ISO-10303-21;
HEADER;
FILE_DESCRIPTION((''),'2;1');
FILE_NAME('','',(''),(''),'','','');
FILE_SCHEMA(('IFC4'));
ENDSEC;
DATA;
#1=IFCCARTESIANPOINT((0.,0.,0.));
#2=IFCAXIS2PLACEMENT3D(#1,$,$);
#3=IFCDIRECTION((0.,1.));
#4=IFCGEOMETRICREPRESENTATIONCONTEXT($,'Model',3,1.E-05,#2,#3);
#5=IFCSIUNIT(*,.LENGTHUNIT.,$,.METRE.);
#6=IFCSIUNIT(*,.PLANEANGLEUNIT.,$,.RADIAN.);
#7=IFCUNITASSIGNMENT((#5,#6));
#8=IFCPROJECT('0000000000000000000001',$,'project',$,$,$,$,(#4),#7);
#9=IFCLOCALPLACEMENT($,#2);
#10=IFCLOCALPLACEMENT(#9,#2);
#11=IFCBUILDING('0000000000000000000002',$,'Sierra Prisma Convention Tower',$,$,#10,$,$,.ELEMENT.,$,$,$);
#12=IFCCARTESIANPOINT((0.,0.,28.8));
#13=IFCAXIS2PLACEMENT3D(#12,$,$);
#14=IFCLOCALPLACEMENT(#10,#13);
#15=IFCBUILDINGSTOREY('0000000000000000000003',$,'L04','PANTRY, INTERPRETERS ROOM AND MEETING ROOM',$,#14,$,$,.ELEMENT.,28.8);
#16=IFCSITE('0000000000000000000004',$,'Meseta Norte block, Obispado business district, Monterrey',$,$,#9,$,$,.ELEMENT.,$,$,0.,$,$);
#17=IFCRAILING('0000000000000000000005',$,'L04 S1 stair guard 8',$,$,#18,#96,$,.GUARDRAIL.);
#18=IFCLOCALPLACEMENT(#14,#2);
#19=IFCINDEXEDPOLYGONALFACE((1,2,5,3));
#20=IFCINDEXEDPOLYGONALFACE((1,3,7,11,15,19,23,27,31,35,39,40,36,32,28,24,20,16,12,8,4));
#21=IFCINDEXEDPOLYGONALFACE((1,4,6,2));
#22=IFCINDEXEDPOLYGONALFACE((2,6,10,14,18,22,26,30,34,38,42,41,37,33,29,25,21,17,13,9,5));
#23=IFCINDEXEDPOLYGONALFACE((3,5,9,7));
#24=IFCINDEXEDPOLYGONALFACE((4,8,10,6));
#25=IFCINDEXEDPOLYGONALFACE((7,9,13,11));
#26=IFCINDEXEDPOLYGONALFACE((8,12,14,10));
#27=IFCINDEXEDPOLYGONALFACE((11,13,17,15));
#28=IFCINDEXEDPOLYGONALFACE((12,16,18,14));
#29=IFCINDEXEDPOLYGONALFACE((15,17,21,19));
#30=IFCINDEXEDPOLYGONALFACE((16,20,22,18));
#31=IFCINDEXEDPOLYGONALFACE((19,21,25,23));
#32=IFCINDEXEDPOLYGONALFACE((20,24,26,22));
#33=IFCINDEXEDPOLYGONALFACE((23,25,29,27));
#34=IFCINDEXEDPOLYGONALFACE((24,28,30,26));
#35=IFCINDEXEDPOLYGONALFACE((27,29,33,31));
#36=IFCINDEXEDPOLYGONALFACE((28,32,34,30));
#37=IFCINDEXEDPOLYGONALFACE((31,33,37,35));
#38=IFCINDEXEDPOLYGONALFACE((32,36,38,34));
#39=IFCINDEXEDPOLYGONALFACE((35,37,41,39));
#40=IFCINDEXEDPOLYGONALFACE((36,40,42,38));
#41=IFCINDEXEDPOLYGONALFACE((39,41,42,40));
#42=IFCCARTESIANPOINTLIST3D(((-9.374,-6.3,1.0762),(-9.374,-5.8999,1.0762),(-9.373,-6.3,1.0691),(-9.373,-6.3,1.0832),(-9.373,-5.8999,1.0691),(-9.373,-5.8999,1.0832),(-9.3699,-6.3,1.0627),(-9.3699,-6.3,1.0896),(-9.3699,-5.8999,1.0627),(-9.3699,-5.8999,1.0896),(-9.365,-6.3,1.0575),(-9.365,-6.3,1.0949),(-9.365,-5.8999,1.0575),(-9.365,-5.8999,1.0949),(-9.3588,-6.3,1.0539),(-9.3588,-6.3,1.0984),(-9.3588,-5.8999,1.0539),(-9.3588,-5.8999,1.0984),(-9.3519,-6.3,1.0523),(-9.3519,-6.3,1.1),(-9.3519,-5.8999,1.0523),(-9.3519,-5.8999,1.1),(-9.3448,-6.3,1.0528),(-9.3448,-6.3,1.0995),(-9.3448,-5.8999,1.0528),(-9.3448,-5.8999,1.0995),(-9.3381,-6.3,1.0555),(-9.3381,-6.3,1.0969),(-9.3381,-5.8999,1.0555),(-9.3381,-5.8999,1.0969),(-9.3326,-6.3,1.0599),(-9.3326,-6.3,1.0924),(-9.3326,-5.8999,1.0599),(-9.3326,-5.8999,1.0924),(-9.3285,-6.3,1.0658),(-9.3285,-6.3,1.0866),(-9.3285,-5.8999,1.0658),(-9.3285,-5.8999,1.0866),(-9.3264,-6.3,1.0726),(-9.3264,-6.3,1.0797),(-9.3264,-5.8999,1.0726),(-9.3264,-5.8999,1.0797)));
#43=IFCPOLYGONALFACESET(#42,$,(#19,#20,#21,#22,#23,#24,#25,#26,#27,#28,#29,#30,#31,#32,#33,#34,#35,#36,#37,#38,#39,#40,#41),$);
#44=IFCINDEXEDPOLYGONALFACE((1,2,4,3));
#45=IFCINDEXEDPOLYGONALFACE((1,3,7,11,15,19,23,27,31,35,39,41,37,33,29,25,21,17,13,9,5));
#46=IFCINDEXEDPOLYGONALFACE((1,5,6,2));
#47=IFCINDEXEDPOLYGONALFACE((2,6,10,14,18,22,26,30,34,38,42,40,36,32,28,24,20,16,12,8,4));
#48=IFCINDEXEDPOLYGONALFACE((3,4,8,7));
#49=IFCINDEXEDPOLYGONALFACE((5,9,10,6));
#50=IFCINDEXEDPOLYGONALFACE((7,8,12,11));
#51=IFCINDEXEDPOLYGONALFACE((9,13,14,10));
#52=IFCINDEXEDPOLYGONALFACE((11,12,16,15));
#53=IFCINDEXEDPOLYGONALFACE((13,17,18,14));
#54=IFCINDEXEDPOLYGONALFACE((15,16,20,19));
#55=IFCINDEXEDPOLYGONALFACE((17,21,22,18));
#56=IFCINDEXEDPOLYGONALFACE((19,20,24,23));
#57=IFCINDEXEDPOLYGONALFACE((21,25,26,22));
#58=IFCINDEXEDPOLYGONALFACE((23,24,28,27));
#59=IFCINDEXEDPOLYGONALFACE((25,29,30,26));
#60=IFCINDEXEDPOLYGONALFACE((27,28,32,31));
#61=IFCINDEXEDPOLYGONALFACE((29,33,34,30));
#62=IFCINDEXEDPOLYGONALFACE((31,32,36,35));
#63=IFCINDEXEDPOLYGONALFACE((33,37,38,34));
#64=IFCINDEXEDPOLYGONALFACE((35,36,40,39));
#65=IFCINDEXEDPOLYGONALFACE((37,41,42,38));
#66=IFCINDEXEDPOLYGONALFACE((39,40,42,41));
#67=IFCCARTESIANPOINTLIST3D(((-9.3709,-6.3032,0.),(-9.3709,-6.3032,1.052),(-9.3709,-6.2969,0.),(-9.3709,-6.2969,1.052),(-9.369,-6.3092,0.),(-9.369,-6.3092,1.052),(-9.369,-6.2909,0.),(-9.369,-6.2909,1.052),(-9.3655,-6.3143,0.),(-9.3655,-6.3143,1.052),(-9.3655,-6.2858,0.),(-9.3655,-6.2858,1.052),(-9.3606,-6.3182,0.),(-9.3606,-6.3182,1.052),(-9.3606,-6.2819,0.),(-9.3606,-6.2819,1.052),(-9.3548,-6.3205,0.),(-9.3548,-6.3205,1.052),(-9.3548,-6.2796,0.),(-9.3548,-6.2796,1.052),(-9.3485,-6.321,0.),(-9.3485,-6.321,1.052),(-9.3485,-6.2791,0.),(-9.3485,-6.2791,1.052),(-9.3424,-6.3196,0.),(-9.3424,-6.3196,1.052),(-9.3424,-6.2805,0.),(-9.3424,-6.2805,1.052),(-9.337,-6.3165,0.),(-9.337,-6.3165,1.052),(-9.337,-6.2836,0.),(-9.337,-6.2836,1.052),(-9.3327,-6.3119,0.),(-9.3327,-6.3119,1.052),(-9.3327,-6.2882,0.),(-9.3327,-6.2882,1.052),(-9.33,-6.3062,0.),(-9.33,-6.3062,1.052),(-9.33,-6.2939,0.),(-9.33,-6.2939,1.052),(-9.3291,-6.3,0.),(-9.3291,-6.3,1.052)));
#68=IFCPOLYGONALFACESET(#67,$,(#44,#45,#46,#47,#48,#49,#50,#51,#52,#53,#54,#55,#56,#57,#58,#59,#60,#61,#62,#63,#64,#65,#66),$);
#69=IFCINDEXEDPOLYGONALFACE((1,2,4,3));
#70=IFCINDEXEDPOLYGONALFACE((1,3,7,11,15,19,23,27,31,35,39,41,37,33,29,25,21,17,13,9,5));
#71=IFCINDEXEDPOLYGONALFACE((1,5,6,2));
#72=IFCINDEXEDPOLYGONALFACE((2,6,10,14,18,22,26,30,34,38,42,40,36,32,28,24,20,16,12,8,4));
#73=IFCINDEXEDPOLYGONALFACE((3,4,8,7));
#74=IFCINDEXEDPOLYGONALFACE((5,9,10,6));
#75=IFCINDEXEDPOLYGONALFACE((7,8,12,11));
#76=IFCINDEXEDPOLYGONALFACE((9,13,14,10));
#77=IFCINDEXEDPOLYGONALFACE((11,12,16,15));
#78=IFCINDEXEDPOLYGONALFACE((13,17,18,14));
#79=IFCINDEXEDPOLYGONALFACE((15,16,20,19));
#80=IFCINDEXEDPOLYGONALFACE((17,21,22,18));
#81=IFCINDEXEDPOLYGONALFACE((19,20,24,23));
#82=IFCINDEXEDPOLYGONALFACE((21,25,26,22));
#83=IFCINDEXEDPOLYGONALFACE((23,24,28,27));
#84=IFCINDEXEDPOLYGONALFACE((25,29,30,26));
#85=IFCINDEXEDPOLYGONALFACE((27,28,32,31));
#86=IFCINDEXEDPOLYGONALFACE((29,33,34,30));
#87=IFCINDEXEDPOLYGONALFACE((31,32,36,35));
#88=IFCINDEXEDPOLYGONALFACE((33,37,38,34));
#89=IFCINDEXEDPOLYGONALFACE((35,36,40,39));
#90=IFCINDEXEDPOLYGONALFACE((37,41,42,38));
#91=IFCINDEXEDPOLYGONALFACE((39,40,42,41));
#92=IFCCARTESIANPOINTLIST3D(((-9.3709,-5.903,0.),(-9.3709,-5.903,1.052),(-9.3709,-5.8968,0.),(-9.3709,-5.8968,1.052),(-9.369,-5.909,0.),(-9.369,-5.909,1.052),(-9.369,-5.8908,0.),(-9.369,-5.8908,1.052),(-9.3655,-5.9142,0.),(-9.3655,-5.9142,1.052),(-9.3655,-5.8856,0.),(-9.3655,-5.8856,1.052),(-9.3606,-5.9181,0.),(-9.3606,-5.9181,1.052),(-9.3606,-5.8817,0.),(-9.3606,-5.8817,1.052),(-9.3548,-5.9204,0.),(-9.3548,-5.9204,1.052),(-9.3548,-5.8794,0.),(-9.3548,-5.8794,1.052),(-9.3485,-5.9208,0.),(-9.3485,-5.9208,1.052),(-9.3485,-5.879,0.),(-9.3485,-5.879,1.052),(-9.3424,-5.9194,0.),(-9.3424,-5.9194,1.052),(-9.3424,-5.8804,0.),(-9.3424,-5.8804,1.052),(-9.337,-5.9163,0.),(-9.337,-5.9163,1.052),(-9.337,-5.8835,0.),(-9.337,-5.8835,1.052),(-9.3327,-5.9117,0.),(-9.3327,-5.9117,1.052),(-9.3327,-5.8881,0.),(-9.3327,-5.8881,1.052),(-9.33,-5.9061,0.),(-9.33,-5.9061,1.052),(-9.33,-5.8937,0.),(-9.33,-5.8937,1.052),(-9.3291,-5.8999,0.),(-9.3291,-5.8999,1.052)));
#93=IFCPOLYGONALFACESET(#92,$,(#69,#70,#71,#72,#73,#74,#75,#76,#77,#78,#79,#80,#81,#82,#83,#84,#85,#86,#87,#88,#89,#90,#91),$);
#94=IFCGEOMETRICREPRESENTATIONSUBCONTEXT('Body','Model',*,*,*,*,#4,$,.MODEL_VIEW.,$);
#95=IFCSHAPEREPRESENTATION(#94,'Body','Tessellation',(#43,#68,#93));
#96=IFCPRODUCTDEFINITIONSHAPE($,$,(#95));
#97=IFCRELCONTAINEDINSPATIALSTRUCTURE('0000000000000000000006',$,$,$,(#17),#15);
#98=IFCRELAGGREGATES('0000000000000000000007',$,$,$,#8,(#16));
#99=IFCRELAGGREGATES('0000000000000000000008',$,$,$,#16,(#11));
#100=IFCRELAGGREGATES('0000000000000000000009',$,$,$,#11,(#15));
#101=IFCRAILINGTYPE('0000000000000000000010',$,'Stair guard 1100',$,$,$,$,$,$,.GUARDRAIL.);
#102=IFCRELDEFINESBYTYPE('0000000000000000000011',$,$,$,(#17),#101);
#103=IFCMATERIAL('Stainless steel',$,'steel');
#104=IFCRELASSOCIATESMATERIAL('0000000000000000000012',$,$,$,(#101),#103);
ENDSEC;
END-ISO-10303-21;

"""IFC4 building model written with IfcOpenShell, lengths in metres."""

from ifc_helpers import new_model, si_unit, direction, frame, origin, origin_2d, place, context, subcontext, project, spatial, circle, extrude, material, type_object, element, save


model = new_model("IFC4")

# Units and contexts
model_context = context("Model", 3, precision=1e-05, world=origin(), true_north=direction((0.0, 1.0)))
body_context = subcontext(model_context, "Body", "Model", "MODEL_VIEW")
ifc_project = project(units=[si_unit("LENGTHUNIT", "METRE"), si_unit("PLANEANGLEUNIT", "RADIAN")], contexts=[model_context])

# Site, building, storey
site_placement = place(None, origin())
site = spatial("IfcSite", under=ifc_project, at=site_placement, Name="Meseta Norte block, Obispado business district, Monterrey", CompositionType="ELEMENT", RefElevation=0.0)
building_placement = place(site_placement, origin())
building = spatial("IfcBuilding", under=site, at=building_placement, Name="Sierra Prisma Convention Tower", CompositionType="ELEMENT")
storey_placement = place(building_placement, frame((0.0, 0.0, 28.8)))
storey = spatial("IfcBuildingStorey", under=building, at=storey_placement, Name="L04", Description="PANTRY, INTERPRETERS ROOM AND MEETING ROOM", CompositionType="ELEMENT", Elevation=28.8)

# Railing
ifc_material_1 = material(Name="Stainless steel", Category="steel")
railing_type_1 = type_object("IfcRailingType", Name="Stair guard 1100", PredefinedType="GUARDRAIL", material=ifc_material_1)
for number, where, name in (
    (1, (-9.3501, -6.3, 0.0), "L04 S1 stair guard 8"),
):
    element("IfcRailing", number, at=place(storey_placement, frame(where)), inside=storey, type_object=railing_type_1, Name=name, PredefinedType="GUARDRAIL", context=body_context, shape_type="SweptSolid", body=[
        extrude(circle(Radius=0.0239, at=origin_2d()), frame((0.0, 0.0, 1.0762), z_axis=(0.0, 1.0, 0.0), x_axis=(-1.0, 0.0, 0.0)), (0.0, 0.0, 1.0), 0.4001),
        extrude(circle(Radius=0.021, at=origin_2d()), origin(), (0.0, 0.0, 1.0), 1.052),
        extrude(circle(Radius=0.021, at=origin_2d()), frame((0.0, 0.4001, 0.0)), (0.0, 0.0, 1.0), 1.052),
    ])

save(model, "model.ifc")
